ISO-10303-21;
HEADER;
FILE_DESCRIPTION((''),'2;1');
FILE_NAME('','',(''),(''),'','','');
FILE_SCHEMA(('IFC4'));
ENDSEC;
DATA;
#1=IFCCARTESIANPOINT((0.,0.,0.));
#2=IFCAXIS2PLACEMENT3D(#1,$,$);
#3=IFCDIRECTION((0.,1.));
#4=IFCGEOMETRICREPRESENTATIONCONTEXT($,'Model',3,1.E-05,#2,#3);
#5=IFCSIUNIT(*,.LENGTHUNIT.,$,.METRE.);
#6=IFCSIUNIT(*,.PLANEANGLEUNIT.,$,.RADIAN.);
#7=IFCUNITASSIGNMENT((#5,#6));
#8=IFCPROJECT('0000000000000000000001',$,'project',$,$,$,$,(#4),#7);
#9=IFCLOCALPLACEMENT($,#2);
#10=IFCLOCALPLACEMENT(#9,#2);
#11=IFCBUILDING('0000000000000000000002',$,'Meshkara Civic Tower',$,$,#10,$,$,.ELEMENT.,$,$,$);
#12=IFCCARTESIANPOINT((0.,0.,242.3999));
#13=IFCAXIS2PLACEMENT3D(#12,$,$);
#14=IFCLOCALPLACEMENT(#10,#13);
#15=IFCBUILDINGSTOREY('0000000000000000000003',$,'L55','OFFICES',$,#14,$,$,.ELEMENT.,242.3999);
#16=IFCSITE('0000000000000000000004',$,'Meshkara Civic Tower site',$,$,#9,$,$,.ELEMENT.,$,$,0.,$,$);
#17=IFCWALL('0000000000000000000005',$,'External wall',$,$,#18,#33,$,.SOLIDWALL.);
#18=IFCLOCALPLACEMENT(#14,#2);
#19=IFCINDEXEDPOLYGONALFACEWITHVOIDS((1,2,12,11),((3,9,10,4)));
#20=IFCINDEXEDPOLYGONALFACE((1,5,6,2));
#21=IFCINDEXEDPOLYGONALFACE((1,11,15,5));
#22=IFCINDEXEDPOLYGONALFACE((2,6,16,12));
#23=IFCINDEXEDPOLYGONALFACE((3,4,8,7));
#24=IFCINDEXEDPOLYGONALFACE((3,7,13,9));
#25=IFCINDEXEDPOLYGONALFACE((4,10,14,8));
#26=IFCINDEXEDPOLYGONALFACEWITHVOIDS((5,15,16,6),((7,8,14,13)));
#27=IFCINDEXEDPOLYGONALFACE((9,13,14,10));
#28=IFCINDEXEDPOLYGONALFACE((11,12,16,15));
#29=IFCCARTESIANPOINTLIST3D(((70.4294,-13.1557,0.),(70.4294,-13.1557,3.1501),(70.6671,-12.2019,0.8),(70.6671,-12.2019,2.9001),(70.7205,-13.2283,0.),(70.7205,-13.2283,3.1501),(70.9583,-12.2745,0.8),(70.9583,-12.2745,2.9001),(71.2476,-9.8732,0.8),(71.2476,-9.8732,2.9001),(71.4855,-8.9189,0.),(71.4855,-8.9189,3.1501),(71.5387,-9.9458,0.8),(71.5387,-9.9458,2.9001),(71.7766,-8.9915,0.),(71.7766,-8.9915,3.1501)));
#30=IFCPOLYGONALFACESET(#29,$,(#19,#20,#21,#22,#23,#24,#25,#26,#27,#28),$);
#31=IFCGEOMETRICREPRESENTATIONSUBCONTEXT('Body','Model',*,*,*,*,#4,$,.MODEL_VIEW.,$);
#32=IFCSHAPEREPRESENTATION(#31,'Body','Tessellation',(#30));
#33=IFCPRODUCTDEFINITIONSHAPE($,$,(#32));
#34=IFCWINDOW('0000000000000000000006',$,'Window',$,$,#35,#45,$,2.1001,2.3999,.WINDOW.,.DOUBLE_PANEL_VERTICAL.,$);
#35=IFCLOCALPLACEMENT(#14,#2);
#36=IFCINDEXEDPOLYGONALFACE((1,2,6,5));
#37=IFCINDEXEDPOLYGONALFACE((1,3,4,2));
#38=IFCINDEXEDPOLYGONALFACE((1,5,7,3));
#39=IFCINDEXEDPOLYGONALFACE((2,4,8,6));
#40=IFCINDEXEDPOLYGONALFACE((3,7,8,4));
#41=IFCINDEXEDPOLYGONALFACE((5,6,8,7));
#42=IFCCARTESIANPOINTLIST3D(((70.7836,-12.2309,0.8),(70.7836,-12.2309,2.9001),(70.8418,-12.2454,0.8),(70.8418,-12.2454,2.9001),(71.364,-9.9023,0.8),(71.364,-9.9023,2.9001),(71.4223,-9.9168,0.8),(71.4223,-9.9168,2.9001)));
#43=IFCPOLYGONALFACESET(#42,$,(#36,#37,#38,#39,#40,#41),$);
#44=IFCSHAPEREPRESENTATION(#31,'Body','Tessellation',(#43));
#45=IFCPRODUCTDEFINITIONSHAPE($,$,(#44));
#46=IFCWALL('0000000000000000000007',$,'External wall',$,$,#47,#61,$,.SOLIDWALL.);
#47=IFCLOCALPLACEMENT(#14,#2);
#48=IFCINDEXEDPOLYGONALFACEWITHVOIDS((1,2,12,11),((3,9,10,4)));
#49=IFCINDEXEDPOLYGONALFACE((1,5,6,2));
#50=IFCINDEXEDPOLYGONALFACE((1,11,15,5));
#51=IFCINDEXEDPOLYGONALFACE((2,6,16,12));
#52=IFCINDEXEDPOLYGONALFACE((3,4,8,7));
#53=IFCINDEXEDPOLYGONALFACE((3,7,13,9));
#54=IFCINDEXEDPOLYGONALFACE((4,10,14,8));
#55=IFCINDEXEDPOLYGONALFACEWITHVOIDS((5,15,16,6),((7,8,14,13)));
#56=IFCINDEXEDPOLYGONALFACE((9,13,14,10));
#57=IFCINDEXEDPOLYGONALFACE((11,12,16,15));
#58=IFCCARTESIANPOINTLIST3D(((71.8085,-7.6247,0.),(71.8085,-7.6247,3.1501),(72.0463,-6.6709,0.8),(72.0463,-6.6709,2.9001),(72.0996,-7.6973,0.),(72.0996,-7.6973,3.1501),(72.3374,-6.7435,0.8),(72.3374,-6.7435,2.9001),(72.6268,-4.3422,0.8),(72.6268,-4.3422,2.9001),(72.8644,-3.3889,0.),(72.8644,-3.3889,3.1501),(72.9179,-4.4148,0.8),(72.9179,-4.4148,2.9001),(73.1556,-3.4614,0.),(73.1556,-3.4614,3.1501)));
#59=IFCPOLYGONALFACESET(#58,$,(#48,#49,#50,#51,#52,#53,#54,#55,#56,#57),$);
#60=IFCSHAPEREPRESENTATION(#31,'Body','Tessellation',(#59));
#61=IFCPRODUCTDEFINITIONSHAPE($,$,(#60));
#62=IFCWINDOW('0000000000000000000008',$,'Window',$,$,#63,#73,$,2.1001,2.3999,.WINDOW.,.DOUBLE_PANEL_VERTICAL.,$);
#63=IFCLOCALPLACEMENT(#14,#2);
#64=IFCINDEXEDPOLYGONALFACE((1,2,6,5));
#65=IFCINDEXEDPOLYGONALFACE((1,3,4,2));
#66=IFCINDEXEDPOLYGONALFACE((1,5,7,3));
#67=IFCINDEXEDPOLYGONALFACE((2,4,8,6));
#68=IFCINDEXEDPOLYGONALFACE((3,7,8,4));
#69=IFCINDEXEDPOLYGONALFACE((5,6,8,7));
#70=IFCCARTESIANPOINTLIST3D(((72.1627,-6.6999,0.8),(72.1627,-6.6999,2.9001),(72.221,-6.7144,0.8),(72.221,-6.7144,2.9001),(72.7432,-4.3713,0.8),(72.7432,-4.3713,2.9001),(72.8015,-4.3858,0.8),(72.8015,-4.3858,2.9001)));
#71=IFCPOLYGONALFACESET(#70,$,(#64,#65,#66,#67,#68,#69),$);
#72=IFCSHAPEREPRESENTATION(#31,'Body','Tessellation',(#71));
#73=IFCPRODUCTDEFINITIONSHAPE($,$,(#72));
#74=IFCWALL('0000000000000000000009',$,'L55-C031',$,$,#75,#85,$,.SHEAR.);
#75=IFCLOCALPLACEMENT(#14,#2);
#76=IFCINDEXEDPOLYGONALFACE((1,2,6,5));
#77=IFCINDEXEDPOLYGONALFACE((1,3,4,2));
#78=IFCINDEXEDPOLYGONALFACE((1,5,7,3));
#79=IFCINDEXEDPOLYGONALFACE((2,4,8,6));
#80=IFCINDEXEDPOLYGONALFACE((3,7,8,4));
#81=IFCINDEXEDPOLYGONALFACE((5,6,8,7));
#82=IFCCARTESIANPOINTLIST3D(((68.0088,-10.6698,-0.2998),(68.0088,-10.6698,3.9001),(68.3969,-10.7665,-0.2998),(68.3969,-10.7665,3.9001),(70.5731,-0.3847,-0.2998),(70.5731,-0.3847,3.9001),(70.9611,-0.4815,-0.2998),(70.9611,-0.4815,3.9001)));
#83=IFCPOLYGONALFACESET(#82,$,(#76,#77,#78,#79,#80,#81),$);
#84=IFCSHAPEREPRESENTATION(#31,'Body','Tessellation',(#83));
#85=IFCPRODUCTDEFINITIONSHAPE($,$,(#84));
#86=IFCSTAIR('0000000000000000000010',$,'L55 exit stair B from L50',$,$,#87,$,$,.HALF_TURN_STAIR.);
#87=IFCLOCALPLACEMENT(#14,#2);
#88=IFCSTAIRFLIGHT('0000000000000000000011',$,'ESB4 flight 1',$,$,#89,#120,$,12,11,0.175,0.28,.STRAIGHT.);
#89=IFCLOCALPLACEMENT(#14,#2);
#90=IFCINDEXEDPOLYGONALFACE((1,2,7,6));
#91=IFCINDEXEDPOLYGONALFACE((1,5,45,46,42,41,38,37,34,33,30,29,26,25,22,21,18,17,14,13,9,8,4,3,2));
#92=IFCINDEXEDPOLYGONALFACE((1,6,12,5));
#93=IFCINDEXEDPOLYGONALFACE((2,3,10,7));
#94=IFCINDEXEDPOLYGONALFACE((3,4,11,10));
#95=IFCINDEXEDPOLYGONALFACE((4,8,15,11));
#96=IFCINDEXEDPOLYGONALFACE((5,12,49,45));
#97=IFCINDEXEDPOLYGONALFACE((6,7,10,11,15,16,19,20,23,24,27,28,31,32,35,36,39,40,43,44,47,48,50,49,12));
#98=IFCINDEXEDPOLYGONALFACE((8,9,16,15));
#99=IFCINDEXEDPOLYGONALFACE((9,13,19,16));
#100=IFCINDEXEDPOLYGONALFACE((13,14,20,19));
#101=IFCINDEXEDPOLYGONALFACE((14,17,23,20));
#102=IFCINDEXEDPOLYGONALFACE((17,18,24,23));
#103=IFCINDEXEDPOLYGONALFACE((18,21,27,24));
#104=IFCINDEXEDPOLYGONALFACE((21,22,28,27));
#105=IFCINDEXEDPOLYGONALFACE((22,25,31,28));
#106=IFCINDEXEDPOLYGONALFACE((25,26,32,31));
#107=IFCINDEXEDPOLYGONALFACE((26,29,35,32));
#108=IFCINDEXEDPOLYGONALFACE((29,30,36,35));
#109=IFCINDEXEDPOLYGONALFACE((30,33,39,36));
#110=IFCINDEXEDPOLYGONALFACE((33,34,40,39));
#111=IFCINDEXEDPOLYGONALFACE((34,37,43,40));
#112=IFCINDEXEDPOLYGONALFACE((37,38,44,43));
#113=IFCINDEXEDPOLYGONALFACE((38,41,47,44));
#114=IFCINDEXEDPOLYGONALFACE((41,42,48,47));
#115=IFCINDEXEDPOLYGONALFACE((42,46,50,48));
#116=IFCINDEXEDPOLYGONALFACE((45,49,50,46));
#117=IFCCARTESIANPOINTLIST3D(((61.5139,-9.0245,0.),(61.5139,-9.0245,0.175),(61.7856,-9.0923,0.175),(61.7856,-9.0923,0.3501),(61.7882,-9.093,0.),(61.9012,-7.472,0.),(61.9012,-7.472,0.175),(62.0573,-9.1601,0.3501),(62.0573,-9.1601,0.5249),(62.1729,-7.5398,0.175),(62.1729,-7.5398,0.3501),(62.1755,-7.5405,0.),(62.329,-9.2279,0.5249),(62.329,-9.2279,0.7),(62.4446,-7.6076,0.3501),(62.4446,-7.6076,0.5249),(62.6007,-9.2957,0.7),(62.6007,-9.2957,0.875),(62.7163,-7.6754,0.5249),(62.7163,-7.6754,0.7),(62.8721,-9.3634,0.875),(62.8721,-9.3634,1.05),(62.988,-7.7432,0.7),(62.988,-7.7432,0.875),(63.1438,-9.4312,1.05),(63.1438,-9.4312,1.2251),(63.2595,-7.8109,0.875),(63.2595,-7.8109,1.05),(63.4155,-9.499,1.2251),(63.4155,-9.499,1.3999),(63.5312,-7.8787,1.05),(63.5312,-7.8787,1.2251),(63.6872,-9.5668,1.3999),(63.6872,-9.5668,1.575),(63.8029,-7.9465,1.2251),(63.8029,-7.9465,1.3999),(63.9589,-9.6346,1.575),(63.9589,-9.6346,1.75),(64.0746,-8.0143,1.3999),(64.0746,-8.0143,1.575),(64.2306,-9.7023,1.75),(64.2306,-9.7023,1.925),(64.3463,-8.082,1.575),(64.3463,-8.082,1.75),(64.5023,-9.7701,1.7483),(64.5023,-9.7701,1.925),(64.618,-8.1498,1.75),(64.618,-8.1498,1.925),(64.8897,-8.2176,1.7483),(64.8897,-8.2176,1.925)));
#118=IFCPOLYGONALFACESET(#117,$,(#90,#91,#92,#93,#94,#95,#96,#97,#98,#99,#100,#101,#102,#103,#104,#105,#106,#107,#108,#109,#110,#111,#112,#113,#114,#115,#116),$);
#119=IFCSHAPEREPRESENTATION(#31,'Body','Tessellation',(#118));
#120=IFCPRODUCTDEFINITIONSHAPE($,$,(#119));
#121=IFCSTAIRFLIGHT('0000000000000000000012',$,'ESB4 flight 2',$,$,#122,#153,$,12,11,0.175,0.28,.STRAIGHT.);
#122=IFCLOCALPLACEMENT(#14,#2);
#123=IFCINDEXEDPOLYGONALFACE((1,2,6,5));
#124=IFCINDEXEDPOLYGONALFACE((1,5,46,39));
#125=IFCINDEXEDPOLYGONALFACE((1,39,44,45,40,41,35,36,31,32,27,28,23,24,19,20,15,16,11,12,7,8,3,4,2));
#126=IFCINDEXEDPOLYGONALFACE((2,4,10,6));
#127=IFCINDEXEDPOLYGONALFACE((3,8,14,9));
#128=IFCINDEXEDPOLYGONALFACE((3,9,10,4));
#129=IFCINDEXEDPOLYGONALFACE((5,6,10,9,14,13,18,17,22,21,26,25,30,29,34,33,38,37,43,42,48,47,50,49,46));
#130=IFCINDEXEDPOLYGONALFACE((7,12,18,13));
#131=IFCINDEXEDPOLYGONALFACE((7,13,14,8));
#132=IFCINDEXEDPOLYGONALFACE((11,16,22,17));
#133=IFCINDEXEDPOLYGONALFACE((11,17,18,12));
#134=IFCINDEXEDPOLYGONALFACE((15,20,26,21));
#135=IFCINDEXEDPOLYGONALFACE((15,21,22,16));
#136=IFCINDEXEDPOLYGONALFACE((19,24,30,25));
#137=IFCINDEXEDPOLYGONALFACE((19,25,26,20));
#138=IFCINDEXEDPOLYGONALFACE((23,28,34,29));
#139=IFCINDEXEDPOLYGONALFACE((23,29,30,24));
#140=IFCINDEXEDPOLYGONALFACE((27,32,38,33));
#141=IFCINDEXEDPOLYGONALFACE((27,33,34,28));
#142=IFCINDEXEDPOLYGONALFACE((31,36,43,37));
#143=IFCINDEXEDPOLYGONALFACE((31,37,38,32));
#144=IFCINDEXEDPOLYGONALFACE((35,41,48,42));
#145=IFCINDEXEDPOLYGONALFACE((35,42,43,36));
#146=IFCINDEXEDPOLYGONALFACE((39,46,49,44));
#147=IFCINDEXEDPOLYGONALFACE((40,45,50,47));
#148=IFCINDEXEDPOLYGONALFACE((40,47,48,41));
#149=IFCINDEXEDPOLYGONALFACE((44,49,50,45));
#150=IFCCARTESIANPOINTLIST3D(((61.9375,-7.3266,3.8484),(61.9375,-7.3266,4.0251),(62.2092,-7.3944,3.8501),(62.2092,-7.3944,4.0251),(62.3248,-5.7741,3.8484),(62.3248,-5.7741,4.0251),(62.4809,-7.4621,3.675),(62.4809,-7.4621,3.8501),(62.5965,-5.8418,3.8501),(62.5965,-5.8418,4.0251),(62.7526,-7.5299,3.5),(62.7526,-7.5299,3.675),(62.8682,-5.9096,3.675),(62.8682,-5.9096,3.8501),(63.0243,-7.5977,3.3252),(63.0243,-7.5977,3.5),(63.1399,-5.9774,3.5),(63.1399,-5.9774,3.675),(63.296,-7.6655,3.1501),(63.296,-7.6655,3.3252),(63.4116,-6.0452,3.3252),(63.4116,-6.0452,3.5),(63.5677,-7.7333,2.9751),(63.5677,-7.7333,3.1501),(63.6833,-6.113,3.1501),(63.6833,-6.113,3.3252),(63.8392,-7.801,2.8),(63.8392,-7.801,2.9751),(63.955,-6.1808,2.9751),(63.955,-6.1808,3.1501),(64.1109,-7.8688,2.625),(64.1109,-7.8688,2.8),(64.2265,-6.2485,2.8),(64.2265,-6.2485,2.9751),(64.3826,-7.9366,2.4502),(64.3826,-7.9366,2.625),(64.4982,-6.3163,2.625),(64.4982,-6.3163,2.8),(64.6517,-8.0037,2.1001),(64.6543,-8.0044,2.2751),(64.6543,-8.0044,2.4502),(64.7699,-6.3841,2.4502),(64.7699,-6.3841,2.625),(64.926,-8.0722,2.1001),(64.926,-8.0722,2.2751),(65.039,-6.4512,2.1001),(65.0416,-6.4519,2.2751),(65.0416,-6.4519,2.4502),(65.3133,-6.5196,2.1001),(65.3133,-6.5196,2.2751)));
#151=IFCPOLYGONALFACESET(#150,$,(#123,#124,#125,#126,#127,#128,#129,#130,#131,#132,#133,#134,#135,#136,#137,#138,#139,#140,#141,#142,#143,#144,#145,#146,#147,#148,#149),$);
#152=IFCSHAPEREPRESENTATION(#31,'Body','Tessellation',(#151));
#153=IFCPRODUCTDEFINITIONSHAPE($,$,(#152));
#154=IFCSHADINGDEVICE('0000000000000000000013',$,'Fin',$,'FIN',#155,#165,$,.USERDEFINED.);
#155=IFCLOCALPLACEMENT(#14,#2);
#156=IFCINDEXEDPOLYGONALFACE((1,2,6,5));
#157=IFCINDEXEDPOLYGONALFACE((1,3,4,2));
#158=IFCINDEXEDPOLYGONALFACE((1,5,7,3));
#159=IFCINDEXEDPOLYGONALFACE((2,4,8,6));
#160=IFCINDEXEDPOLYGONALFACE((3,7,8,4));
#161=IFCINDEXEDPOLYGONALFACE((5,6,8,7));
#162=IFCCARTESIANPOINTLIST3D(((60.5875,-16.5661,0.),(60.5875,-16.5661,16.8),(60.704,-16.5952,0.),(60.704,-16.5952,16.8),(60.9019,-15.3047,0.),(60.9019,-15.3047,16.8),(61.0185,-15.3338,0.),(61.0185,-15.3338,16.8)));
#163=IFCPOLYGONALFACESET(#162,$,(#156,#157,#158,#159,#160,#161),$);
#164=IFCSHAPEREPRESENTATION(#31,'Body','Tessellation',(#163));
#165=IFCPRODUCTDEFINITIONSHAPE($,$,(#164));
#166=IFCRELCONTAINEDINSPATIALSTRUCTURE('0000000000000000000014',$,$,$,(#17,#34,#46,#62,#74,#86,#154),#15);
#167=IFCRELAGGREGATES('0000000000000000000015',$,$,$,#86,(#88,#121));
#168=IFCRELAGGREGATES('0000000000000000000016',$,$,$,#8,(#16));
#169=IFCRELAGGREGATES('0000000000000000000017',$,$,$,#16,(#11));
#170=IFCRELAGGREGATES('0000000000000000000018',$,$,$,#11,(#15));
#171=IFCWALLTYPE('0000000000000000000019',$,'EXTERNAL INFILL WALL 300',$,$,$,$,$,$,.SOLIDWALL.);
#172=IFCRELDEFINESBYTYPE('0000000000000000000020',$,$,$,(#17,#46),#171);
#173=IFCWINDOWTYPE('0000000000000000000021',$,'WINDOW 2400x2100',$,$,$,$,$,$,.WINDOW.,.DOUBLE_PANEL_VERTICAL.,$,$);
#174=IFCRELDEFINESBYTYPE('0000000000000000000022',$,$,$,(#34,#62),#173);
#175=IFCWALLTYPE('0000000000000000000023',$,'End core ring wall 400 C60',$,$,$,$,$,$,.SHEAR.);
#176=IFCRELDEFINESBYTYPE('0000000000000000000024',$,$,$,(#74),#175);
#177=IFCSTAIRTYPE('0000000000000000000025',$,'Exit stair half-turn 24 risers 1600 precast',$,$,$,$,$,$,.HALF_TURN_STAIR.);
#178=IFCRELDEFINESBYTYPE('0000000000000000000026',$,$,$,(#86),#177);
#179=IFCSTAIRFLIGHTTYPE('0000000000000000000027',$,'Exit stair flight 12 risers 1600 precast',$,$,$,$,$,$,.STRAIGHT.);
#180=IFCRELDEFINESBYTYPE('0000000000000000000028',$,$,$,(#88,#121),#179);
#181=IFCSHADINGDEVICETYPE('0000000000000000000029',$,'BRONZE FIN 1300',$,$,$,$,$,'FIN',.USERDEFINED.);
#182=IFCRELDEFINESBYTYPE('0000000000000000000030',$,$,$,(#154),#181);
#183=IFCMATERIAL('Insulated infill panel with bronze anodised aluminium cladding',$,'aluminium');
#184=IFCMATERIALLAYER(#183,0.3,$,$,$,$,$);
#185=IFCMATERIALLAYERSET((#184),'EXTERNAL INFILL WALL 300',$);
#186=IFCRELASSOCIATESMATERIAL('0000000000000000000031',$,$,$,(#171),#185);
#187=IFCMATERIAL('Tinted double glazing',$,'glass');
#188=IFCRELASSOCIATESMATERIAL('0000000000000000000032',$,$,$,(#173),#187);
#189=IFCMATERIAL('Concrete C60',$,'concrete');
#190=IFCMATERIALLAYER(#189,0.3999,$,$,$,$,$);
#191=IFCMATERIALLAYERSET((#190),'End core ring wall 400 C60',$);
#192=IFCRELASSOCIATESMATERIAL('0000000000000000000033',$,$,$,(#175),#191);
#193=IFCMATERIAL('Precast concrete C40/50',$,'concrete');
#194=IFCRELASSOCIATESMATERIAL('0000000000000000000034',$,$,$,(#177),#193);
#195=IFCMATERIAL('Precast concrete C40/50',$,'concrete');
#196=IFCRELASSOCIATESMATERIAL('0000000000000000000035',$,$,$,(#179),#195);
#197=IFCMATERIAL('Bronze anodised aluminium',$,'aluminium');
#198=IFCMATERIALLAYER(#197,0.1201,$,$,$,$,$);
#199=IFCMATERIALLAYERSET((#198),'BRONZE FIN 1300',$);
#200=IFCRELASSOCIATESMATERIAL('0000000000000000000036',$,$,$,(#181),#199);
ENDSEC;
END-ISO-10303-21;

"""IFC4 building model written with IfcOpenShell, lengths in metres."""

from ifc_helpers import new_model, si_unit, direction, frame, frame_2d, origin, origin_2d, place, context, subcontext, project, spatial, polyline, rectangle, outline, extrude, material, layer, layer_set, type_object, element, fill, aggregate, save


model = new_model("IFC4")

# Units and contexts
model_context = context("Model", 3, precision=1e-05, world=origin(), true_north=direction((0.0, 1.0)))
body_context = subcontext(model_context, "Body", "Model", "MODEL_VIEW")
ifc_project = project(units=[si_unit("LENGTHUNIT", "METRE"), si_unit("PLANEANGLEUNIT", "RADIAN")], contexts=[model_context])

# Site, building, storey
site_placement = place(None, origin())
site = spatial("IfcSite", under=ifc_project, at=site_placement, Name="Meshkara Civic Tower site", CompositionType="ELEMENT", RefElevation=0.0)
building_placement = place(site_placement, origin())
building = spatial("IfcBuilding", under=site, at=building_placement, Name="Meshkara Civic Tower", CompositionType="ELEMENT")
storey_placement = place(building_placement, frame((0.0, 0.0, 242.3999)))
storey = spatial("IfcBuildingStorey", under=building, at=storey_placement, Name="L55", Description="OFFICES", CompositionType="ELEMENT", Elevation=242.3999)

# Walls, openings, windows
ifc_material_1 = material(Name="Insulated infill panel with bronze anodised aluminium cladding", Category="aluminium")
ifc_layer_1 = layer(ifc_material_1, 0.3)
ifc_layer_set_1 = layer_set([ifc_layer_1], Name="EXTERNAL INFILL WALL 300")
wall_type_1 = type_object("IfcWallType", Name="EXTERNAL INFILL WALL 300", PredefinedType="SOLIDWALL", material=ifc_layer_set_1)
ifc_material_2 = material(Name="Tinted double glazing", Category="glass")
window_type_1 = type_object("IfcWindowType", Name="WINDOW 2400x2100", PartitioningType="DOUBLE_PANEL_VERTICAL", PredefinedType="WINDOW", material=ifc_material_2)
wall_1_placement = place(storey_placement, frame((70.575, -13.1919, 0.0), z_axis=(0.0, 0.0, 1.0), x_axis=(0.241878, 0.970307, 0.0)))
wall_1 = element("IfcWall", 1, at=wall_1_placement, inside=storey, type_object=wall_type_1, Name="External wall", PredefinedType="SOLIDWALL", context=body_context, shape_type="SweptSolid", body=[
    extrude(rectangle(XDim=4.3665, YDim=0.3, at=frame_2d((2.1831, 0.0))), origin(), (0.0, 0.0, 1.0), 3.1501),
])
opening_1_placement = place(wall_1_placement, frame((0.9829, 0.0, 0.8)))
opening_1 = element("IfcOpeningElement", 2, at=opening_1_placement, cuts=wall_1, PredefinedType="OPENING", context=body_context, shape_type="SweptSolid", body=[
    extrude(rectangle(XDim=2.3999, YDim=2.1001, at=frame_2d((1.2, 1.05))), frame((0.0, 0.1599, 0.0), z_axis=(0.0, -1.0, 0.0), x_axis=(1.0, 0.0, 0.0)), (0.0, 0.0, 1.0), 0.3201),
])
window_1_placement = place(opening_1_placement, origin())
window_1 = element("IfcWindow", 3, at=window_1_placement, inside=storey, type_object=window_type_1, Name="Window", OverallHeight=2.1001, OverallWidth=2.3999, PartitioningType="DOUBLE_PANEL_VERTICAL", PredefinedType="WINDOW", context=body_context, shape_type="SweptSolid", body=[
    extrude(rectangle(XDim=2.3999, YDim=2.1001, at=frame_2d((1.2, 1.05))), frame((0.0, 0.03, 0.0), z_axis=(0.0, -1.0, 0.0), x_axis=(1.0, 0.0, 0.0)), (0.0, 0.0, 1.0), 0.0601),
])
fill(opening_1, window_1)
wall_2_placement = place(storey_placement, frame((71.9541, -7.6609, 0.0), z_axis=(0.0, 0.0, 1.0), x_axis=(0.241878, 0.970307, 0.0)))
wall_2 = element("IfcWall", 4, at=wall_2_placement, inside=storey, type_object=wall_type_1, Name="External wall", PredefinedType="SOLIDWALL", context=body_context, shape_type="SweptSolid", body=[
    extrude(rectangle(XDim=4.3655, YDim=0.3, at=frame_2d((2.1826, 0.0))), origin(), (0.0, 0.0, 1.0), 3.1501),
])
opening_2_placement = place(wall_2_placement, frame((0.9829, 0.0, 0.8)))
opening_2 = element("IfcOpeningElement", 5, at=opening_2_placement, cuts=wall_2, PredefinedType="OPENING", context=body_context, shape_type="SweptSolid", body=[
    extrude(rectangle(XDim=2.3999, YDim=2.1001, at=frame_2d((1.2, 1.05))), frame((0.0, 0.1599, 0.0), z_axis=(0.0, -1.0, 0.0), x_axis=(1.0, 0.0, 0.0)), (0.0, 0.0, 1.0), 0.3201),
])
window_2_placement = place(opening_2_placement, origin())
window_2 = element("IfcWindow", 6, at=window_2_placement, inside=storey, type_object=window_type_1, Name="Window", OverallHeight=2.1001, OverallWidth=2.3999, PartitioningType="DOUBLE_PANEL_VERTICAL", PredefinedType="WINDOW", context=body_context, shape_type="SweptSolid", body=[
    extrude(rectangle(XDim=2.3999, YDim=2.1001, at=frame_2d((1.2, 1.05))), frame((0.0, 0.03, 0.0), z_axis=(0.0, -1.0, 0.0), x_axis=(1.0, 0.0, 0.0)), (0.0, 0.0, 1.0), 0.0601),
])
fill(opening_2, window_2)

# Wall
ifc_material_3 = material(Name="Concrete C60", Category="concrete")
ifc_layer_2 = layer(ifc_material_3, 0.3999)
ifc_layer_set_2 = layer_set([ifc_layer_2], Name="End core ring wall 400 C60")
wall_type_2 = type_object("IfcWallType", Name="End core ring wall 400 C60", PredefinedType="SHEAR", material=ifc_layer_set_2)
wall_3_placement = place(storey_placement, frame((68.2029, -10.718, -0.2998), z_axis=(0.0, 0.0, 1.0), x_axis=(0.241912, 0.970298, 0.0)))
element("IfcWall", 7, at=wall_3_placement, inside=storey, type_object=wall_type_2, Name="L55-C031", PredefinedType="SHEAR", context=body_context, shape_type="SweptSolid", body=[
    extrude(rectangle(XDim=10.5999, YDim=0.3999, at=frame_2d((5.2998, 0.0))), origin(), (0.0, 0.0, 1.0), 4.2),
])

# Stair, stair flights
ifc_material_4 = material(Name="Precast concrete C40/50", Category="concrete")
stair_type = type_object("IfcStairType", Name="Exit stair half-turn 24 risers 1600 precast", PredefinedType="HALF_TURN_STAIR", material=ifc_material_4)
stair_placement = place(storey_placement, origin())
stair = element("IfcStair", 8, at=stair_placement, inside=storey, type_object=stair_type, Name="L55 exit stair B from L50", PredefinedType="HALF_TURN_STAIR")
ifc_material_5 = material(Name="Precast concrete C40/50", Category="concrete")
stair_flight_type = type_object("IfcStairFlightType", Name="Exit stair flight 12 risers 1600 precast", PredefinedType="STRAIGHT", material=ifc_material_5)
stair_flight_1_placement = place(storey_placement, frame((61.7075, -8.2483, 0.0), z_axis=(0.0, 0.0, 1.0), x_axis=(0.97026, -0.242065, 0.0)))
stair_flight_1 = element("IfcStairFlight", 9, at=stair_flight_1_placement, type_object=stair_flight_type, Name="ESB4 flight 1", NumberOfRisers=12, NumberOfTreads=11, PredefinedType="STRAIGHT", RiserHeight=0.175, TreadLength=0.28, context=body_context, shape_type="SweptSolid", body=[
    extrude(outline(polyline([(0.0, 0.0), (0.0, 0.175), (0.28, 0.175), (0.28, 0.3501), (0.5601, 0.3501), (0.5601, 0.5249), (0.8401, 0.5249), (0.8401, 0.7), (1.1201, 0.7), (1.1201, 0.875), (1.3999, 0.875), (1.3999, 1.05), (1.6799, 1.05), (1.6799, 1.2251), (1.96, 1.2251), (1.96, 1.3999), (2.24, 1.3999), (2.24, 1.575), (2.52, 1.575), (2.52, 1.75), (2.8, 1.75), (2.8, 1.925), (3.0801, 1.925), (3.0801, 2.1001), (3.0801, 1.7483), (0.2827, 0.0), (0.0, 0.0)])), frame((0.0, 0.8, 0.0), z_axis=(0.0, -1.0, 0.0), x_axis=(1.0, 0.0, 0.0)), (0.0, 0.0, 1.0), 1.6001),
])
stair_flight_2_placement = place(storey_placement, frame((65.1196, -7.2959, 2.1001), z_axis=(0.0, 0.0, 1.0), x_axis=(-0.97026, 0.242065, 0.0)))
stair_flight_2 = element("IfcStairFlight", 10, at=stair_flight_2_placement, type_object=stair_flight_type, Name="ESB4 flight 2", NumberOfRisers=12, NumberOfTreads=11, PredefinedType="STRAIGHT", RiserHeight=0.175, TreadLength=0.28, context=body_context, shape_type="SweptSolid", body=[
    extrude(outline(polyline([(0.0, 0.0), (0.0, 0.175), (0.28, 0.175), (0.28, 0.3501), (0.5601, 0.3501), (0.5601, 0.5249), (0.8401, 0.5249), (0.8401, 0.7), (1.1201, 0.7), (1.1201, 0.875), (1.3999, 0.875), (1.3999, 1.05), (1.6799, 1.05), (1.6799, 1.2251), (1.96, 1.2251), (1.96, 1.3999), (2.24, 1.3999), (2.24, 1.575), (2.52, 1.575), (2.52, 1.75), (2.8, 1.75), (2.8, 1.925), (3.0801, 1.925), (3.0801, 2.1001), (3.0801, 1.7483), (0.2827, 0.0), (0.0, 0.0)])), frame((0.0, 0.8, 0.0), z_axis=(0.0, -1.0, 0.0), x_axis=(1.0, 0.0, 0.0)), (0.0, 0.0, 1.0), 1.6001),
])
aggregate(stair, [stair_flight_1, stair_flight_2])

# Shading device
ifc_material_6 = material(Name="Bronze anodised aluminium", Category="aluminium")
ifc_layer_3 = layer(ifc_material_6, 0.1201)
ifc_layer_set_3 = layer_set([ifc_layer_3], Name="BRONZE FIN 1300")
shading_device_type_1 = type_object("IfcShadingDeviceType", Name="BRONZE FIN 1300", ElementType="FIN", PredefinedType="USERDEFINED", material=ifc_layer_set_3)
shading_device_placement = place(storey_placement, frame((60.803, -15.95, 0.0), z_axis=(0.0, 0.0, 1.0), x_axis=(0.9703, -0.241905, 0.0)))
element("IfcShadingDevice", 11, at=shading_device_placement, inside=storey, type_object=shading_device_type_1, Name="Fin", ObjectType="FIN", PredefinedType="USERDEFINED", context=body_context, shape_type="SweptSolid", body=[
    extrude(rectangle(XDim=0.1201, YDim=1.3, at=origin_2d()), origin(), (0.0, 0.0, 1.0), 16.8),
])

save(model, "model.ifc")
